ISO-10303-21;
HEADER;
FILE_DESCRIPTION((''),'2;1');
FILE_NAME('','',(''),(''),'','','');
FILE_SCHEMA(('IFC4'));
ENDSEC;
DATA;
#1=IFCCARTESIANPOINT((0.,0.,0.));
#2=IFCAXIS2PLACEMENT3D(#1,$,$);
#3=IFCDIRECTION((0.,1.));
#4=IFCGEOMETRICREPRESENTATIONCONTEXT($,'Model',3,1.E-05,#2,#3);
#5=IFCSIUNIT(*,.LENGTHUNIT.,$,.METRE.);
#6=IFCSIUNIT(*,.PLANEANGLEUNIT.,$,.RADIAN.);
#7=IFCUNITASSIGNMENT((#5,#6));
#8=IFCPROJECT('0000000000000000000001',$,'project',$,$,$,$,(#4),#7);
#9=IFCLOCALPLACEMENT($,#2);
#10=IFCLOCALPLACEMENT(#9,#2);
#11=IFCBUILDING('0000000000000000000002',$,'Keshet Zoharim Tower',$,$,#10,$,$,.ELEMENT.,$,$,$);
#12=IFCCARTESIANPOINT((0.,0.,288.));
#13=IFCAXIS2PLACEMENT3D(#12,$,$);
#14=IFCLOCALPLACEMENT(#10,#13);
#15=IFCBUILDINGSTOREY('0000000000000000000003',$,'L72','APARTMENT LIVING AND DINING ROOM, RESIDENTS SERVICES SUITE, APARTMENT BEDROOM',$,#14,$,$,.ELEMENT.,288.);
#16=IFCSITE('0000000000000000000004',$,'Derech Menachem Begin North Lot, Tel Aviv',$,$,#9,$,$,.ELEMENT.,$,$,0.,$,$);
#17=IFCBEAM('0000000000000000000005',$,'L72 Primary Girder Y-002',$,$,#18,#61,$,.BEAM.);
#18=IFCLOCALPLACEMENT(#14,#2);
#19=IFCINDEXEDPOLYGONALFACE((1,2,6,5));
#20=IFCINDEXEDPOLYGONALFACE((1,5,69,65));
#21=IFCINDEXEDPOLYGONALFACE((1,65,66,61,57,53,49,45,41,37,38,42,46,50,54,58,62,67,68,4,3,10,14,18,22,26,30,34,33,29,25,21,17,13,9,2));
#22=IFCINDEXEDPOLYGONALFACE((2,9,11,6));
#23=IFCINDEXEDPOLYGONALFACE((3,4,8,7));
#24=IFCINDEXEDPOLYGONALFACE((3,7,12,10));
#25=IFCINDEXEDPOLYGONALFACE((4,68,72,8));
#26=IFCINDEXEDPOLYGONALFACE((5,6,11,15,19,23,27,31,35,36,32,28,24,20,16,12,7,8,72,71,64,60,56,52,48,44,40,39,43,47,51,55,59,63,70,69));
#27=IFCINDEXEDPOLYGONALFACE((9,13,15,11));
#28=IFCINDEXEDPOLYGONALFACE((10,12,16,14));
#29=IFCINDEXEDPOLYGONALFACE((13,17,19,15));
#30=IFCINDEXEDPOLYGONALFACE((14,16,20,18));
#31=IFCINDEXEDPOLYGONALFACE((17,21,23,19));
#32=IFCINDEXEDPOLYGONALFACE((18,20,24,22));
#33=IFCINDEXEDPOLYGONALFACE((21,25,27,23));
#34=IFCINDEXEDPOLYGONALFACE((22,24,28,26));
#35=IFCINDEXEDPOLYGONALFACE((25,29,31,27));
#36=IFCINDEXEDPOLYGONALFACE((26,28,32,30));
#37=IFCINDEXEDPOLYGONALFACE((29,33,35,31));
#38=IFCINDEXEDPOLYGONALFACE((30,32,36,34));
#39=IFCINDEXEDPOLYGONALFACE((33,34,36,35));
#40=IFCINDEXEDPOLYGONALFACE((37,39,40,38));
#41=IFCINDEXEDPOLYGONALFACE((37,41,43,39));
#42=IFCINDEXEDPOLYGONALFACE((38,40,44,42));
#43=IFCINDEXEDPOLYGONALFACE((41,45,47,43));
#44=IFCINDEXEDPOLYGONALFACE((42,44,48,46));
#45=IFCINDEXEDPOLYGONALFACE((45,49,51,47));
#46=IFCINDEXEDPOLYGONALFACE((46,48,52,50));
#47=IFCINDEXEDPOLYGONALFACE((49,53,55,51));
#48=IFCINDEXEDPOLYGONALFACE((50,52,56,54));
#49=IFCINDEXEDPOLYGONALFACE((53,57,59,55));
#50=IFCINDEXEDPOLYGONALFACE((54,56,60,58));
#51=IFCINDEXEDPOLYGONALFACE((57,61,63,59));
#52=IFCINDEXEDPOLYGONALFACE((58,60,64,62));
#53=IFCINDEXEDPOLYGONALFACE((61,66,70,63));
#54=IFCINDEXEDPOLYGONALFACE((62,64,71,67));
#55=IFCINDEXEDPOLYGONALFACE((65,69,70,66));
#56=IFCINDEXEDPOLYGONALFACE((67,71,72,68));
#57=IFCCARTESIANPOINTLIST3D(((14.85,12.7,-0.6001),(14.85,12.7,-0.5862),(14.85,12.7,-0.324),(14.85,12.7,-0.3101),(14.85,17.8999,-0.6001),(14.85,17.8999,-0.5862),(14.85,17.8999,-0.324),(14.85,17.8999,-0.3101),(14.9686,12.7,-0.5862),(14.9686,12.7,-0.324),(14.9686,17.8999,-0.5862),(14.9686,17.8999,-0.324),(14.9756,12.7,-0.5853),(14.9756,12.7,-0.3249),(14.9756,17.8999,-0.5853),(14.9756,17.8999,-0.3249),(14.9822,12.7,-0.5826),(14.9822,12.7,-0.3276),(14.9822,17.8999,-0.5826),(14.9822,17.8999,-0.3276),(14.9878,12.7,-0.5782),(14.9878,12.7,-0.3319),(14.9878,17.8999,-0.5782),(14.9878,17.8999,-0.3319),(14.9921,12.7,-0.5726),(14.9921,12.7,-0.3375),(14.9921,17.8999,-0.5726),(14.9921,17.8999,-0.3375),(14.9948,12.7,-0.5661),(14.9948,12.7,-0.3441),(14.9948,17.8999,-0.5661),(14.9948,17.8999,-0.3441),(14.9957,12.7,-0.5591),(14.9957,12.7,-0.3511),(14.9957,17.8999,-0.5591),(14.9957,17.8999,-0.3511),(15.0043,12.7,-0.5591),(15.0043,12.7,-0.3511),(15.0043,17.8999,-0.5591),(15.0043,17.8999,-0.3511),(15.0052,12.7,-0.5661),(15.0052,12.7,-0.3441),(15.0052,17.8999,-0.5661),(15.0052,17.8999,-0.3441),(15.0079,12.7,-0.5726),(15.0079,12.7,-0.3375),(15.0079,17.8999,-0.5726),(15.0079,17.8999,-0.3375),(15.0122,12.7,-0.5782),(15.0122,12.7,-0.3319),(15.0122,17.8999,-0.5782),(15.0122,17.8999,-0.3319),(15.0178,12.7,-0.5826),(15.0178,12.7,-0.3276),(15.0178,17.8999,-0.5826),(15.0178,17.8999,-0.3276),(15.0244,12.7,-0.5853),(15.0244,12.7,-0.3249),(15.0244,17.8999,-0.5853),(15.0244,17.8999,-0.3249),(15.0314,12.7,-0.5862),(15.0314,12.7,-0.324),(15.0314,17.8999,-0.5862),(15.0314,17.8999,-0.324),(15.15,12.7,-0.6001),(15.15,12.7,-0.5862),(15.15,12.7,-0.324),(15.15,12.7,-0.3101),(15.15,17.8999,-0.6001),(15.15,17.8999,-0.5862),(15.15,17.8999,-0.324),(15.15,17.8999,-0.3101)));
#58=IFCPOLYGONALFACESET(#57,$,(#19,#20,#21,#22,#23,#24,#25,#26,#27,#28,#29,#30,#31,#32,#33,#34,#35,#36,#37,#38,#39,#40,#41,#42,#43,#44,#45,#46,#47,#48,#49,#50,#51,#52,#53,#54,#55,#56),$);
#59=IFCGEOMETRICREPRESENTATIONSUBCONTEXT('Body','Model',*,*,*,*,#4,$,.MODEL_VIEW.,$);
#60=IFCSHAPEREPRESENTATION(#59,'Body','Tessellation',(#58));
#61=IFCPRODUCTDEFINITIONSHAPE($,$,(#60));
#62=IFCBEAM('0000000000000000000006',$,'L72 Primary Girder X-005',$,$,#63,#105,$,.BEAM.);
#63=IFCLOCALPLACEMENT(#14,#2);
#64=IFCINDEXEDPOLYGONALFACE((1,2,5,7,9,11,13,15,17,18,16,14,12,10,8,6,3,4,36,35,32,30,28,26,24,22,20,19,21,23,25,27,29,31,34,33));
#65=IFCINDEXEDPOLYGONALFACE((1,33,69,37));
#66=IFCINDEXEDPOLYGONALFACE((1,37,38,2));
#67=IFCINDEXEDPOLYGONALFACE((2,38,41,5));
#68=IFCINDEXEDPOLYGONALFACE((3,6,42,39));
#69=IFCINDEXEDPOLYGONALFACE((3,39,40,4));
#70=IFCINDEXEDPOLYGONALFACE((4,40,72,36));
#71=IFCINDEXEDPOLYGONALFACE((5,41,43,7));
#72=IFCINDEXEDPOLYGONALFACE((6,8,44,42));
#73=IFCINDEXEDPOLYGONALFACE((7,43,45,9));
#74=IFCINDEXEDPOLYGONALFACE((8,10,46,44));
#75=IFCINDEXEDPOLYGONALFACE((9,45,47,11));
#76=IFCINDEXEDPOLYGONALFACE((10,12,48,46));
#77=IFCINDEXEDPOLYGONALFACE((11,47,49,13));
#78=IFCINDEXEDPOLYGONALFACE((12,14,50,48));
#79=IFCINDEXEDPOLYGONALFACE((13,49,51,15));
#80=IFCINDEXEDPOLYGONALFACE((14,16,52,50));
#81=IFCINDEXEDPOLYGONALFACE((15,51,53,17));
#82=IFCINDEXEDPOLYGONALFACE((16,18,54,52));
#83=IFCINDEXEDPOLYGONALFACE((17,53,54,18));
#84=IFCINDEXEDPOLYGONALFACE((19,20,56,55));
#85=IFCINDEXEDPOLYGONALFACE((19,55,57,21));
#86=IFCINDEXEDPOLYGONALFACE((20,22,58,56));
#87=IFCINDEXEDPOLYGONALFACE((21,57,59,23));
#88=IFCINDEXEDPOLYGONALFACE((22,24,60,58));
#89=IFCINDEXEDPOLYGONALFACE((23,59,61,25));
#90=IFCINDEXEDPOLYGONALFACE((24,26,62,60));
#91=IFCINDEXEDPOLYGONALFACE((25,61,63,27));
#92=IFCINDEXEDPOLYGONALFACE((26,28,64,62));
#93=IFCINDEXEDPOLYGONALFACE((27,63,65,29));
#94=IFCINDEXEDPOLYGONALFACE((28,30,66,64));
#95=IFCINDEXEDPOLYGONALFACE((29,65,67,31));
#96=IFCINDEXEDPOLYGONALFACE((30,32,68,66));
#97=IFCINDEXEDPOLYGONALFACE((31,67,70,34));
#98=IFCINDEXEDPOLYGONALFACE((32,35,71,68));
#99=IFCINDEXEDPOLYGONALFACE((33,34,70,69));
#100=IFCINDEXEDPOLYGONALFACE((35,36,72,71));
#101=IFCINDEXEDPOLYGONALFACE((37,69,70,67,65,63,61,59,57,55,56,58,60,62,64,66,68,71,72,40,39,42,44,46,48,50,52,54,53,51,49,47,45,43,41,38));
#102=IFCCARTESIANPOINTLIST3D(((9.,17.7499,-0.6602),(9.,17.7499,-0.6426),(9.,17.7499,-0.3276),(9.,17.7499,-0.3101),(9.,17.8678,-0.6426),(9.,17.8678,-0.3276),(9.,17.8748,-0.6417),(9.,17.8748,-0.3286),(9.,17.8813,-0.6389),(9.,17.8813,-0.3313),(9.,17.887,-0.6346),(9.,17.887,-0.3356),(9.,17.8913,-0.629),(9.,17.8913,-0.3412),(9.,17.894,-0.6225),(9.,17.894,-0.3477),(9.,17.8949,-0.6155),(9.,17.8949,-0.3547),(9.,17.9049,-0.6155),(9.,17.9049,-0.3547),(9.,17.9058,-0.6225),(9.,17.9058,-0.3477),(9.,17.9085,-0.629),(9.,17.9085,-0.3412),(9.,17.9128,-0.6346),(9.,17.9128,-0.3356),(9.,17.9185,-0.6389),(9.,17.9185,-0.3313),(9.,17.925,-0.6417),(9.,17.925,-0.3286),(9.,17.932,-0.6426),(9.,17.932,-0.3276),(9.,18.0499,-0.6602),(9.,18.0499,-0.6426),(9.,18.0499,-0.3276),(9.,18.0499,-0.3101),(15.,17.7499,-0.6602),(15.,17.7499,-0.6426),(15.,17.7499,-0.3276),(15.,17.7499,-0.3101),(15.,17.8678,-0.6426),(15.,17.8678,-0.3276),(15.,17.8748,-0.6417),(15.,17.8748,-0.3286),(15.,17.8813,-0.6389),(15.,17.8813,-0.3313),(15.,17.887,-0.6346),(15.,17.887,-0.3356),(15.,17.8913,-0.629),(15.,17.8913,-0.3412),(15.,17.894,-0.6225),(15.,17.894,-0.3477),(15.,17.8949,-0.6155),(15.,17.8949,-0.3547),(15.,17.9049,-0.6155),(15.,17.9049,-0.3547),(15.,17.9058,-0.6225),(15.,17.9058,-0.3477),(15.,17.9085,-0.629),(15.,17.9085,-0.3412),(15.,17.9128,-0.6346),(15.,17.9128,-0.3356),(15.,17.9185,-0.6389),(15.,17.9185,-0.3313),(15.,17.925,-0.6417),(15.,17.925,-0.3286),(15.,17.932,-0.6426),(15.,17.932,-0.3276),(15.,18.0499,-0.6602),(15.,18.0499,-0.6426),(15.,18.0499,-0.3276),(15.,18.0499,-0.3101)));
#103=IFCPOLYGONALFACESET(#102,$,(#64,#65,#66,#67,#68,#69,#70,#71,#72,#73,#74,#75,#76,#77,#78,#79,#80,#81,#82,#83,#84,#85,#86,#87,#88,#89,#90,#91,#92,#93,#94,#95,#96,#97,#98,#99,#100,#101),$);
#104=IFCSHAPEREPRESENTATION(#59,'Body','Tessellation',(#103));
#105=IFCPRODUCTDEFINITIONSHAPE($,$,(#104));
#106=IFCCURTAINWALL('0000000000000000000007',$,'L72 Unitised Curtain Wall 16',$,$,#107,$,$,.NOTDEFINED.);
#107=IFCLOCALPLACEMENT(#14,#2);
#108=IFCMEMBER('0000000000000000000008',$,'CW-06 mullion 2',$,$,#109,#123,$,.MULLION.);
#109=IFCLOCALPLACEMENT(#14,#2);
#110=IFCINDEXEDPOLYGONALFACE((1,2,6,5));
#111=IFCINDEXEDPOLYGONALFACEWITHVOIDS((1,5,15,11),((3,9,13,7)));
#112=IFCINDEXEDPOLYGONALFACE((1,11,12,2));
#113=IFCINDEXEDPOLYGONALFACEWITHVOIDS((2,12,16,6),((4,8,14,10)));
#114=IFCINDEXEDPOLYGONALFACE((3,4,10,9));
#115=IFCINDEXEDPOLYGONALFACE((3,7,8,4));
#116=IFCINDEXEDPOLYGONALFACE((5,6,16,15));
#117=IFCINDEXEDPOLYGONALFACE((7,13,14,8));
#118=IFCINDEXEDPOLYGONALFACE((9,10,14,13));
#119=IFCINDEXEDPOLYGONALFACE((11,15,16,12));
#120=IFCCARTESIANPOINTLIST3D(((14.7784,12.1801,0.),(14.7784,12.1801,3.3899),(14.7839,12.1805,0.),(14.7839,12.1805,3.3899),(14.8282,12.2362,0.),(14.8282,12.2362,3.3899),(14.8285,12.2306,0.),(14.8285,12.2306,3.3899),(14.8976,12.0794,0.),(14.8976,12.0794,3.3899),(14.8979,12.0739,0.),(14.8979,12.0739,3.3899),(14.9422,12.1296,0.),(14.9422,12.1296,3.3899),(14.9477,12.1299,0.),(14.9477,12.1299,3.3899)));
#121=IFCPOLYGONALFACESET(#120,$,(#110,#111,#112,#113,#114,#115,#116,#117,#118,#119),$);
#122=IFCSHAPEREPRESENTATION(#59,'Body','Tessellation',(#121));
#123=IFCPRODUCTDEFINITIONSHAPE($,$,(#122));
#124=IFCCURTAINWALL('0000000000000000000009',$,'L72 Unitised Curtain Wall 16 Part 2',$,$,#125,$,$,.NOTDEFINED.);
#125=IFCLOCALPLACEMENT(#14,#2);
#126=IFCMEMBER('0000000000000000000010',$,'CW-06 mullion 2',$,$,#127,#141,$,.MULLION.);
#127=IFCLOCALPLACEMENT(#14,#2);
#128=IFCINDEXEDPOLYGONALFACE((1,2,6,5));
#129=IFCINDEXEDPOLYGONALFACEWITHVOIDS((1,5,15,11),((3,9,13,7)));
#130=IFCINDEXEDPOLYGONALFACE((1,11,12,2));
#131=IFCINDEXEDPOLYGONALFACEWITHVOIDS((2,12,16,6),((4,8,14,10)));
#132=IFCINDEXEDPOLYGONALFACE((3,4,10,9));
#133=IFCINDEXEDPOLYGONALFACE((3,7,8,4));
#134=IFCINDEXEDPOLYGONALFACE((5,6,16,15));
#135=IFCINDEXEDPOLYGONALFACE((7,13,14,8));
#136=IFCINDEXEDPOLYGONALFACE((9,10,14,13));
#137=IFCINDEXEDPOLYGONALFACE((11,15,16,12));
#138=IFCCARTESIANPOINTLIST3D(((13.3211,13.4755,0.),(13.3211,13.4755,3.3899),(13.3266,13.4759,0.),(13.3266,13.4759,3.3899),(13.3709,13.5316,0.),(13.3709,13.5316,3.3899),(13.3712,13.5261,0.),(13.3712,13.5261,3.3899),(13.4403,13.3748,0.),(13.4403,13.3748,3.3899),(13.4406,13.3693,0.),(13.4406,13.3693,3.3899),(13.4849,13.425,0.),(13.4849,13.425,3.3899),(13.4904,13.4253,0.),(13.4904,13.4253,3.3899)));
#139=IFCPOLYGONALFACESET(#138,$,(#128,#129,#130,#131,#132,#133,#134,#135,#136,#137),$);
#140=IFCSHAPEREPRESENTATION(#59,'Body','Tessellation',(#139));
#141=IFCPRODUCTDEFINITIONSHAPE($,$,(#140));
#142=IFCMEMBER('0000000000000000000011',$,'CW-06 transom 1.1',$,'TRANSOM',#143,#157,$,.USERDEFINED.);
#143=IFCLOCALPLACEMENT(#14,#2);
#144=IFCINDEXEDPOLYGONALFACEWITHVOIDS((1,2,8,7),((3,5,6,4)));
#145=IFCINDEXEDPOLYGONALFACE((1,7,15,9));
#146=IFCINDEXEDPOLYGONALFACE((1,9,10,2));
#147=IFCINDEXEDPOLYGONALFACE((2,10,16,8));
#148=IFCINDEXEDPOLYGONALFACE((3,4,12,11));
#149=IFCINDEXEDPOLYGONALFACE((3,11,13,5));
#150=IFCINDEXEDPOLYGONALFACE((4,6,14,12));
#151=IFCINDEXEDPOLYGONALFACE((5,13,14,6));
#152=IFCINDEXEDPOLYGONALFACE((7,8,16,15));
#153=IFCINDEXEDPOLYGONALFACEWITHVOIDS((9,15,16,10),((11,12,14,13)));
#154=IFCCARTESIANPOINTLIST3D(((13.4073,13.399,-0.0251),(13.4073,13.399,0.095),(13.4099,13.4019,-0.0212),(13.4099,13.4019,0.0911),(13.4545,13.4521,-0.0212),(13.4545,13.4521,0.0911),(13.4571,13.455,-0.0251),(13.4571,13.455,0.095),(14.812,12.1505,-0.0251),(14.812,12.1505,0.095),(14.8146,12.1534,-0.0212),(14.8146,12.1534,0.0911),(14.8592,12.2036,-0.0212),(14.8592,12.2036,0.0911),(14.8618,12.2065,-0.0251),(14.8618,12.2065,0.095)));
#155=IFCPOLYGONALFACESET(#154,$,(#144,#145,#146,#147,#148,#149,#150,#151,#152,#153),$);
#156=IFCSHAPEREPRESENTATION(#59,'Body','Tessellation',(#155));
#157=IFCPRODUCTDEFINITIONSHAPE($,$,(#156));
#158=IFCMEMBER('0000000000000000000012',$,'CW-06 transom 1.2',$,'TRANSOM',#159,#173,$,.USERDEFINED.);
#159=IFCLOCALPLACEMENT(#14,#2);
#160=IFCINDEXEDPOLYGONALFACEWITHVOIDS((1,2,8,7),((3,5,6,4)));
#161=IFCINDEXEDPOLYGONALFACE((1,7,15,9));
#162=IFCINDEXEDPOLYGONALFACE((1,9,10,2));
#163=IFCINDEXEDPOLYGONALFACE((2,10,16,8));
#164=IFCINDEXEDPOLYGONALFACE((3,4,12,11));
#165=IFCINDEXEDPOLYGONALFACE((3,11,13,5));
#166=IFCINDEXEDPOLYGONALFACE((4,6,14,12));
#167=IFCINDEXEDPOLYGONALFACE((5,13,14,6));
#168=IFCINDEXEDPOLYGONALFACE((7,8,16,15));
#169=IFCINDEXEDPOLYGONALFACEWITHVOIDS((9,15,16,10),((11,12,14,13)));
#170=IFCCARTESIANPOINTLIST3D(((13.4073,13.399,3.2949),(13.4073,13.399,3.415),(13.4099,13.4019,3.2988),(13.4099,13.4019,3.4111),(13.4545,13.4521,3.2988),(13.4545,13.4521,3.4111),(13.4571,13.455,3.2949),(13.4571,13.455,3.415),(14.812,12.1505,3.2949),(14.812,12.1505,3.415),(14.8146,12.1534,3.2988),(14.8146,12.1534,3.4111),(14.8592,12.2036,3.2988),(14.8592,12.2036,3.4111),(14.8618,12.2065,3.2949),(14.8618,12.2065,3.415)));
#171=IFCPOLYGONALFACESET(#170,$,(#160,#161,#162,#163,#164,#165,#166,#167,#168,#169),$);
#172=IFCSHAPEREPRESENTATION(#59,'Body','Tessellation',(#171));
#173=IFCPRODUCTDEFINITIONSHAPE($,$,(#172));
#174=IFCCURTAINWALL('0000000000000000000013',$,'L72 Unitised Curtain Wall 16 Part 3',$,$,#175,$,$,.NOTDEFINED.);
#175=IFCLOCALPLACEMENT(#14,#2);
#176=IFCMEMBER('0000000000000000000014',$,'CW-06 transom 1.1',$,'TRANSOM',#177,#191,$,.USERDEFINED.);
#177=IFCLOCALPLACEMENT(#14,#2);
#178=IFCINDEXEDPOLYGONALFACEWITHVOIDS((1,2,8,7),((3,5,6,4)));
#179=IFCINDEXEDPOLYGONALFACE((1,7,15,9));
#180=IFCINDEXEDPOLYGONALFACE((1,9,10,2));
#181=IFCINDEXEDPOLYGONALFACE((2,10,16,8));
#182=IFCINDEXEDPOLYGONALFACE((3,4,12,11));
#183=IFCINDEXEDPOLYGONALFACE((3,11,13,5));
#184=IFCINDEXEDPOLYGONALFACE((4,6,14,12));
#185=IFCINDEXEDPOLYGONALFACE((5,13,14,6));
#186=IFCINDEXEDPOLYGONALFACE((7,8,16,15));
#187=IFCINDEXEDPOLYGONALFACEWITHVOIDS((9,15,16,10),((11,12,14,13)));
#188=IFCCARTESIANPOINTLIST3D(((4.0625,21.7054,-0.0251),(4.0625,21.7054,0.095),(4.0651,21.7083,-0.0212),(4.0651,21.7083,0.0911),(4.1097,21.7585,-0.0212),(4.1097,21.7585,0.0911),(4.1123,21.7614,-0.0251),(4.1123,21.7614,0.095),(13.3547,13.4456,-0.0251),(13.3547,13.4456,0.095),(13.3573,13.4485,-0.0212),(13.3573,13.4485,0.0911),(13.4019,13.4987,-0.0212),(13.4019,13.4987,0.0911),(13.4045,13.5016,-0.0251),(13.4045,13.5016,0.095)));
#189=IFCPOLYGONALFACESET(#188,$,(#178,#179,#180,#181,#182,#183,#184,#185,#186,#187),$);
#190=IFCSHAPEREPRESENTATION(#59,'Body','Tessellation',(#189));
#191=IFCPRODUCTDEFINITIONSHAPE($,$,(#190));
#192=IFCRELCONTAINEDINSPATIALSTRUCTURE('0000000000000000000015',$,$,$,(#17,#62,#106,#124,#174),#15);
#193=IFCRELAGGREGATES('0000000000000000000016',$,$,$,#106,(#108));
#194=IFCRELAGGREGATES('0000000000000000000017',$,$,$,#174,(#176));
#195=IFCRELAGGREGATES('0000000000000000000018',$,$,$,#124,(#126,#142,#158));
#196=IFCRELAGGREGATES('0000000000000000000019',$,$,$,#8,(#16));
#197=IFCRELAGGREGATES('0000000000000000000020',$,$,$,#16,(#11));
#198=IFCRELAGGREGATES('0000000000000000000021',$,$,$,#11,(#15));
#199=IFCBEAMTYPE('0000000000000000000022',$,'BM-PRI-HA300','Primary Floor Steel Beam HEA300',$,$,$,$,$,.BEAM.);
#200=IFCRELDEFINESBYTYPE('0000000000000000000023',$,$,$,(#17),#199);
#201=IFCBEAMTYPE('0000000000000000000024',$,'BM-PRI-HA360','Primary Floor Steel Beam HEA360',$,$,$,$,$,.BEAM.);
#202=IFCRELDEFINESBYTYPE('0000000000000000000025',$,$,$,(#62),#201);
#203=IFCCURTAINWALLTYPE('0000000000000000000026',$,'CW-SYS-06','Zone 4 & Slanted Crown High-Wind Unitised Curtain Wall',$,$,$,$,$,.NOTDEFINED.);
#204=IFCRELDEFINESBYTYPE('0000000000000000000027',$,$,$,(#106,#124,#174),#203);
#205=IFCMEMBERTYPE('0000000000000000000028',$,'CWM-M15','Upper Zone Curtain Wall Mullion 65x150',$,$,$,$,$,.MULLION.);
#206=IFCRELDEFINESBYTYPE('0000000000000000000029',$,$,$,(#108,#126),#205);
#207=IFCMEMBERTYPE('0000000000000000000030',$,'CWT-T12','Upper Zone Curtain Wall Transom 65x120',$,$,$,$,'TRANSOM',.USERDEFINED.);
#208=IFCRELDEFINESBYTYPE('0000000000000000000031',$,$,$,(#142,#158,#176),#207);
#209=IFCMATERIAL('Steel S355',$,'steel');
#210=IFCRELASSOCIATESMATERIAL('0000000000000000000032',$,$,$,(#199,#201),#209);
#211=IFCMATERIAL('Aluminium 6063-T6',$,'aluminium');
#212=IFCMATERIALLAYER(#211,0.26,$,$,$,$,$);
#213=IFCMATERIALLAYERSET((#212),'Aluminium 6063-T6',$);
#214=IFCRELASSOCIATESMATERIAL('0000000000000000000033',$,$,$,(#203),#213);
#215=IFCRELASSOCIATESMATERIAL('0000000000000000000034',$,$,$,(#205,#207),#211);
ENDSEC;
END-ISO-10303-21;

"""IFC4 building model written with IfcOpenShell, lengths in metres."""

from ifc_helpers import new_model, si_unit, direction, frame, origin, origin_2d, place, context, subcontext, project, spatial, hollow_rectangle, i_section, extrude, material, layer, layer_set, material_profile, profile_set, type_object, element, aggregate, save


model = new_model("IFC4")

# Units and contexts
model_context = context("Model", 3, precision=1e-05, world=origin(), true_north=direction((0.0, 1.0)))
body_context = subcontext(model_context, "Body", "Model", "MODEL_VIEW")
ifc_project = project(units=[si_unit("LENGTHUNIT", "METRE"), si_unit("PLANEANGLEUNIT", "RADIAN")], contexts=[model_context])

# Site, building, storey
site_placement = place(None, origin())
site = spatial("IfcSite", under=ifc_project, at=site_placement, Name="Derech Menachem Begin North Lot, Tel Aviv", CompositionType="ELEMENT", RefElevation=0.0)
building_placement = place(site_placement, origin())
building = spatial("IfcBuilding", under=site, at=building_placement, Name="Keshet Zoharim Tower", CompositionType="ELEMENT")
storey_placement = place(building_placement, frame((0.0, 0.0, 288.0)))
storey = spatial("IfcBuildingStorey", under=building, at=storey_placement, Name="L72", Description="APARTMENT LIVING AND DINING ROOM, RESIDENTS SERVICES SUITE, APARTMENT BEDROOM", CompositionType="ELEMENT", Elevation=288.0)

# Shared definitions
ifc_material_1 = material(Name="Steel S355", Category="steel")

# Beams
ifc_material_profile_1 = material_profile(ifc_material_1, i_section(OverallWidth=0.3, OverallDepth=0.29, WebThickness=0.0085, FlangeThickness=0.0139, FilletRadius=0.0271, at=origin_2d()), Name="HEA300")
ifc_profile_set_1 = profile_set([ifc_material_profile_1], Name="Steel S355")
beam_type_1 = type_object("IfcBeamType", Name="BM-PRI-HA300", Description="Primary Floor Steel Beam HEA300", PredefinedType="BEAM", material=ifc_profile_set_1)
beam_1_placement = place(storey_placement, frame((15.0, 12.7, -0.4551), z_axis=(0.0, 1.0, 0.0), x_axis=(-1.0, 0.0, 0.0)))
element("IfcBeam", 1, at=beam_1_placement, inside=storey, type_object=beam_type_1, Name="L72 Primary Girder Y-002", PredefinedType="BEAM", context=body_context, shape_type="SweptSolid", body=[
    extrude(i_section(OverallWidth=0.3, OverallDepth=0.29, WebThickness=0.0085, FlangeThickness=0.0139, FilletRadius=0.0271, at=origin_2d()), origin(), (0.0, 0.0, 1.0), 5.2),
])
ifc_material_profile_2 = material_profile(ifc_material_1, i_section(OverallWidth=0.3, OverallDepth=0.3501, WebThickness=0.01, FlangeThickness=0.0176, FilletRadius=0.0271, at=origin_2d()), Name="HEA360")
ifc_profile_set_2 = profile_set([ifc_material_profile_2], Name="Steel S355")
beam_type_2 = type_object("IfcBeamType", Name="BM-PRI-HA360", Description="Primary Floor Steel Beam HEA360", PredefinedType="BEAM", material=ifc_profile_set_2)
beam_2_placement = place(storey_placement, frame((9.0, 17.8999, -0.4851), z_axis=(1.0, 0.0, 0.0), x_axis=(0.0, 1.0, 0.0)))
element("IfcBeam", 2, at=beam_2_placement, inside=storey, type_object=beam_type_2, Name="L72 Primary Girder X-005", PredefinedType="BEAM", context=body_context, shape_type="SweptSolid", body=[
    extrude(i_section(OverallWidth=0.3, OverallDepth=0.3501, WebThickness=0.01, FlangeThickness=0.0176, FilletRadius=0.0271, at=origin_2d()), origin(), (0.0, 0.0, 1.0), 6.0),
])

# Curtain wall, member
ifc_material_2 = material(Name="Aluminium 6063-T6", Category="aluminium")
ifc_layer_1 = layer(ifc_material_2, 0.26)
ifc_layer_set_1 = layer_set([ifc_layer_1], Name="Aluminium 6063-T6")
curtain_wall_type = type_object("IfcCurtainWallType", Name="CW-SYS-06", Description="Zone 4 & Slanted Crown High-Wind Unitised Curtain Wall", PredefinedType="NOTDEFINED", material=ifc_layer_set_1)
curtain_wall_1_placement = place(storey_placement, origin())
curtain_wall_1 = element("IfcCurtainWall", 3, at=curtain_wall_1_placement, inside=storey, type_object=curtain_wall_type, Name="L72 Unitised Curtain Wall 16", PredefinedType="NOTDEFINED")
ifc_material_profile_3 = material_profile(ifc_material_2, hollow_rectangle(XDim=0.075, YDim=0.1599, WallThickness=0.0039, at=origin_2d()), Name="MUL-75x160")
ifc_profile_set_3 = profile_set([ifc_material_profile_3], Name="Aluminium 6063-T6")
member_type_1 = type_object("IfcMemberType", Name="CWM-M15", Description="Upper Zone Curtain Wall Mullion 65x150", PredefinedType="MULLION", material=ifc_profile_set_3)
member_1_placement = place(storey_placement, frame((14.863, 12.155, 0.0), z_axis=(0.0, 0.0, 1.0), x_axis=(-0.664362, -0.747411, 0.0)))
member_1 = element("IfcMember", 4, at=member_1_placement, type_object=member_type_1, Name="CW-06 mullion 2", PredefinedType="MULLION", context=body_context, shape_type="SweptSolid", body=[
    extrude(hollow_rectangle(XDim=0.075, YDim=0.1599, WallThickness=0.0039, at=origin_2d()), origin(), (0.0, 0.0, 1.0), 3.3899),
])
aggregate(curtain_wall_1, [member_1])

# Curtain walls, members
curtain_wall_2_placement = place(storey_placement, origin())
curtain_wall_2 = element("IfcCurtainWall", 5, at=curtain_wall_2_placement, inside=storey, type_object=curtain_wall_type, Name="L72 Unitised Curtain Wall 16 Part 2", PredefinedType="NOTDEFINED")
member_2_placement = place(storey_placement, frame((13.4058, 13.4504, 0.0), z_axis=(0.0, 0.0, 1.0), x_axis=(-0.664338, -0.747432, 0.0)))
member_2 = element("IfcMember", 6, at=member_2_placement, type_object=member_type_1, Name="CW-06 mullion 2", PredefinedType="MULLION", context=body_context, shape_type="SweptSolid", body=[
    extrude(hollow_rectangle(XDim=0.075, YDim=0.1599, WallThickness=0.0039, at=origin_2d()), origin(), (0.0, 0.0, 1.0), 3.3899),
])
ifc_material_profile_4 = material_profile(ifc_material_2, hollow_rectangle(XDim=0.075, YDim=0.1201, WallThickness=0.0039, at=origin_2d()), Name="TRN-75x120")
ifc_profile_set_4 = profile_set([ifc_material_profile_4], Name="Aluminium 6063-T6")
member_type_2 = type_object("IfcMemberType", Name="CWT-T12", Description="Upper Zone Curtain Wall Transom 65x120", ElementType="TRANSOM", PredefinedType="USERDEFINED", material=ifc_profile_set_4)
member_3_placement = place(storey_placement, frame((14.8369, 12.1785, 0.0349), z_axis=(-0.747452, 0.664315, 0.0), x_axis=(-0.664315, -0.747452, 0.0)))
member_3 = element("IfcMember", 7, at=member_3_placement, type_object=member_type_2, Name="CW-06 transom 1.1", ObjectType="TRANSOM", PredefinedType="USERDEFINED", context=body_context, shape_type="SweptSolid", body=[
    extrude(hollow_rectangle(XDim=0.075, YDim=0.1201, WallThickness=0.0039, at=origin_2d()), origin(), (0.0, 0.0, 1.0), 1.8794),
])
member_4_placement = place(storey_placement, frame((14.8369, 12.1785, 3.355), z_axis=(-0.747452, 0.664315, 0.0), x_axis=(-0.664315, -0.747452, 0.0)))
member_4 = element("IfcMember", 8, at=member_4_placement, type_object=member_type_2, Name="CW-06 transom 1.2", ObjectType="TRANSOM", PredefinedType="USERDEFINED", context=body_context, shape_type="SweptSolid", body=[
    extrude(hollow_rectangle(XDim=0.075, YDim=0.1201, WallThickness=0.0039, at=origin_2d()), origin(), (0.0, 0.0, 1.0), 1.8794),
])
curtain_wall_3_placement = place(storey_placement, origin())
curtain_wall_3 = element("IfcCurtainWall", 9, at=curtain_wall_3_placement, inside=storey, type_object=curtain_wall_type, Name="L72 Unitised Curtain Wall 16 Part 3", PredefinedType="NOTDEFINED")
member_5_placement = place(storey_placement, frame((13.3796, 13.4736, 0.0349), z_axis=(-0.747409, 0.664364, 0.0), x_axis=(-0.664364, -0.747409, 0.0)))
member_5 = element("IfcMember", 10, at=member_5_placement, type_object=member_type_2, Name="CW-06 transom 1.1", ObjectType="TRANSOM", PredefinedType="USERDEFINED", context=body_context, shape_type="SweptSolid", body=[
    extrude(hollow_rectangle(XDim=0.075, YDim=0.1201, WallThickness=0.0039, at=origin_2d()), origin(), (0.0, 0.0, 1.0), 12.4326),
])

aggregate(curtain_wall_3, [member_5])
aggregate(curtain_wall_2, [member_2, member_3, member_4])

save(model, "model.ifc")
